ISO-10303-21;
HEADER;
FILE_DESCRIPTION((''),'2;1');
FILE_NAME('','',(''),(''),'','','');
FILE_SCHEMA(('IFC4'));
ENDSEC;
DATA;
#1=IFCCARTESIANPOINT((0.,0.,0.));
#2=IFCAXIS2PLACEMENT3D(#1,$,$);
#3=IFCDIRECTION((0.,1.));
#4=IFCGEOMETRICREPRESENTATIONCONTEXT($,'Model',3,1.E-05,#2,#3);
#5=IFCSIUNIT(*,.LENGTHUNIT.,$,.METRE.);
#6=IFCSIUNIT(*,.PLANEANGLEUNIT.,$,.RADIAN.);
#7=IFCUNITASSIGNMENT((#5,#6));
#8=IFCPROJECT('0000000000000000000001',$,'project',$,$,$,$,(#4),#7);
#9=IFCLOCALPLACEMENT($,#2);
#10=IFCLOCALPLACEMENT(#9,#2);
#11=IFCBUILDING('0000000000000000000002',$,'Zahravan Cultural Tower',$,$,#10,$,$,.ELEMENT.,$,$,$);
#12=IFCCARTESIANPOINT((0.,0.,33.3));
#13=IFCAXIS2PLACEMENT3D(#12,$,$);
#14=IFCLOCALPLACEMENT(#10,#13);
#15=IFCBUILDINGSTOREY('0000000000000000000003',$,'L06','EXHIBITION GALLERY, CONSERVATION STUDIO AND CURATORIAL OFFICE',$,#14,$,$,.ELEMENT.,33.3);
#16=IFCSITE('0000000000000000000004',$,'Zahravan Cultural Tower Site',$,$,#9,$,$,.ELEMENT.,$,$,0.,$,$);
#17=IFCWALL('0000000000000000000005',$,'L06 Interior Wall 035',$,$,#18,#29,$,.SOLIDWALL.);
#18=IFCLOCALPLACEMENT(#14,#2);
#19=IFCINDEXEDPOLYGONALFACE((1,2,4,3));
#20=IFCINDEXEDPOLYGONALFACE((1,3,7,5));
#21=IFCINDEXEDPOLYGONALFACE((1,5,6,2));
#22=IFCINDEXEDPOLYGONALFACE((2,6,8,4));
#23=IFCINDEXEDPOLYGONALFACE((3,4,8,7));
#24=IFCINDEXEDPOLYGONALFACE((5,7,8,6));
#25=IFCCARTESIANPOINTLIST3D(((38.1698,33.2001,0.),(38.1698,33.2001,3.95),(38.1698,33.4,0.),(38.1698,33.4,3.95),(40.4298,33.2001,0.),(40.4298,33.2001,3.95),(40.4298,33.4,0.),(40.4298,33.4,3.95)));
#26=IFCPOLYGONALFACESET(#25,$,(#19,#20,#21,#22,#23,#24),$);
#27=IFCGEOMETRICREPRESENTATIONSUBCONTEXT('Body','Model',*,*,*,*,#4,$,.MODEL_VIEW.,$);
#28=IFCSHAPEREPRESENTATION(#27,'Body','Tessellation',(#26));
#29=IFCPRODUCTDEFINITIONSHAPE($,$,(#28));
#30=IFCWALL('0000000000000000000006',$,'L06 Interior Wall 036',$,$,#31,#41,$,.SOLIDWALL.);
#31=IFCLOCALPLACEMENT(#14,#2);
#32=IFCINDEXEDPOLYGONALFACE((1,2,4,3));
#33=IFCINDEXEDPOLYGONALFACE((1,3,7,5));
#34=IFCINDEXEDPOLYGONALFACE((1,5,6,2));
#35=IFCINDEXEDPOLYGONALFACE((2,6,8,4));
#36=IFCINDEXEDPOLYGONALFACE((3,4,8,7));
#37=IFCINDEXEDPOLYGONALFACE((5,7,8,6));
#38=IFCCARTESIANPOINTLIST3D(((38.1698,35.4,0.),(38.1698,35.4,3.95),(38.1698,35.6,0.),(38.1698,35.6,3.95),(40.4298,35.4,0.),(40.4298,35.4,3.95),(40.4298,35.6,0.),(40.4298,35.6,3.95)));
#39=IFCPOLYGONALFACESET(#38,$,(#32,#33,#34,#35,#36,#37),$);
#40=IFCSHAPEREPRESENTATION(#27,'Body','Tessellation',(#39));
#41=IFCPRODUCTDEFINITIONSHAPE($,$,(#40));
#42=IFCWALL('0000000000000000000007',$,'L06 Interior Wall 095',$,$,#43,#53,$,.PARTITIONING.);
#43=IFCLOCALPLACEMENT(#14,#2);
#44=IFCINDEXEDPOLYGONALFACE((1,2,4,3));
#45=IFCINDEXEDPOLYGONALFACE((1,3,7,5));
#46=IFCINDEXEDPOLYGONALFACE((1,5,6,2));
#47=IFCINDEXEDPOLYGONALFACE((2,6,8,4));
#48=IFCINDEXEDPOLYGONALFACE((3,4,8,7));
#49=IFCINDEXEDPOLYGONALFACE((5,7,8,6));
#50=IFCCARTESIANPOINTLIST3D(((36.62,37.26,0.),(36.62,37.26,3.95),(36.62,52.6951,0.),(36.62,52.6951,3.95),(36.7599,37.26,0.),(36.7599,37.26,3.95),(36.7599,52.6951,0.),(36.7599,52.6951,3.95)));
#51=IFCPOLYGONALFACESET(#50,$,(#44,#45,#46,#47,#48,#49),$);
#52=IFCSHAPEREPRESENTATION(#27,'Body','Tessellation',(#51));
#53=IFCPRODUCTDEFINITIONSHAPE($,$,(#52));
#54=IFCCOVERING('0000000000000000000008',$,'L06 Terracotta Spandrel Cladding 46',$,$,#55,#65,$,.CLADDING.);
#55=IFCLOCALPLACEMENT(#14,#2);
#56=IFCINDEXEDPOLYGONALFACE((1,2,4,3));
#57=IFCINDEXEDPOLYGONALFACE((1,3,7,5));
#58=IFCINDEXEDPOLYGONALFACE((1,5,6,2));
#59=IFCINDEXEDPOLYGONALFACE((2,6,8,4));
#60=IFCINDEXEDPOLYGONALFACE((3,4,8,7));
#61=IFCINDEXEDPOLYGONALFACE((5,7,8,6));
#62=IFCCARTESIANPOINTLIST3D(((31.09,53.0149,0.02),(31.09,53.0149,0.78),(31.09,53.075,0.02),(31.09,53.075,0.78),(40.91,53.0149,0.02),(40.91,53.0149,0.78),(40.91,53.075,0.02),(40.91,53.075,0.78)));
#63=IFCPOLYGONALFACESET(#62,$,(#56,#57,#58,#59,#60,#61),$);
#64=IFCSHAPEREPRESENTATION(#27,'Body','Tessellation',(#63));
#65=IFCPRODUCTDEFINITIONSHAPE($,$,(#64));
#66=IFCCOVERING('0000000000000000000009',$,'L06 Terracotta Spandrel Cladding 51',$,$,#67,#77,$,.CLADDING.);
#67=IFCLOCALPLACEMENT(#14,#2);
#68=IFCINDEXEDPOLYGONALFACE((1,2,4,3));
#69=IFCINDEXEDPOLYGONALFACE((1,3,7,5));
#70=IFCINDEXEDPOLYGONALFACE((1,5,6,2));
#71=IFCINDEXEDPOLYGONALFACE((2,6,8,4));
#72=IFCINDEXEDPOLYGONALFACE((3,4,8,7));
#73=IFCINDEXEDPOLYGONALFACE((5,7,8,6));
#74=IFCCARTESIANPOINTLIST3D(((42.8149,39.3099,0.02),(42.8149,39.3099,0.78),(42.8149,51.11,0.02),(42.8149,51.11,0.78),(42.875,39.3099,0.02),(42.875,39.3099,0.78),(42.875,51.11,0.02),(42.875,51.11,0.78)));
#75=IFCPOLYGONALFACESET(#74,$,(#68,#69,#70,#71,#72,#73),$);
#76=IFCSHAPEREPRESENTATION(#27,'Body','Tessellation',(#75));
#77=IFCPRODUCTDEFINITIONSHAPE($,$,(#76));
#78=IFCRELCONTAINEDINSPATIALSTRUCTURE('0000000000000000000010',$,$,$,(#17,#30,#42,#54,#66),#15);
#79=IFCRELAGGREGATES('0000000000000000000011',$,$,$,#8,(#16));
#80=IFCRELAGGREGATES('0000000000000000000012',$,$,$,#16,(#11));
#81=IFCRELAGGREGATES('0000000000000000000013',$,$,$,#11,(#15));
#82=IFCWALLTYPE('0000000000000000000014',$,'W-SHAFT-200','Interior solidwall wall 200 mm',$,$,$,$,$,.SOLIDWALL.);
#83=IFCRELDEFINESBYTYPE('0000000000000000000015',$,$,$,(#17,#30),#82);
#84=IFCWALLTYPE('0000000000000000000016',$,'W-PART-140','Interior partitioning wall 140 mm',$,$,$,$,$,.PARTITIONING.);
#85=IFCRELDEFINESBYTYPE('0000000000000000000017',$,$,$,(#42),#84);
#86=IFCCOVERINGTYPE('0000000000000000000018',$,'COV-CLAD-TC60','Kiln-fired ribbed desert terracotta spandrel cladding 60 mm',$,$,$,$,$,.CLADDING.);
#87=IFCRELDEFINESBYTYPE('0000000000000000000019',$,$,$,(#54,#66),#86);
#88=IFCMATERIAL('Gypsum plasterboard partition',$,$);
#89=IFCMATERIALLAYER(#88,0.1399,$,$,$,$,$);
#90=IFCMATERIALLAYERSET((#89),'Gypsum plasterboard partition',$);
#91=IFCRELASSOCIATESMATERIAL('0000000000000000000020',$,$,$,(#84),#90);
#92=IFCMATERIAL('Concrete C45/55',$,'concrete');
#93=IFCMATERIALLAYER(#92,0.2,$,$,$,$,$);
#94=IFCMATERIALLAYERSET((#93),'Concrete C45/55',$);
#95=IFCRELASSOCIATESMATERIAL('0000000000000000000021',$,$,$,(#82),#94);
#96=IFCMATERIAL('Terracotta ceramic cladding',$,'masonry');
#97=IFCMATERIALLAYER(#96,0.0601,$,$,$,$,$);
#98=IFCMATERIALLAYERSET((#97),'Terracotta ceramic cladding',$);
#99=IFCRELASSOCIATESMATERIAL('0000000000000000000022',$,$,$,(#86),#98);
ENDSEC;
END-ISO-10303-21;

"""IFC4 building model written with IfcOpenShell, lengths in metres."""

from ifc_helpers import new_model, si_unit, direction, frame, frame_2d, origin, origin_2d, place, context, subcontext, project, spatial, rectangle, extrude, source, transform, mapped, material, layer, layer_set, type_object, element, save


model = new_model("IFC4")

# Units and contexts
model_context = context("Model", 3, precision=1e-05, world=origin(), true_north=direction((0.0, 1.0)))
body_context = subcontext(model_context, "Body", "Model", "MODEL_VIEW")
ifc_project = project(units=[si_unit("LENGTHUNIT", "METRE"), si_unit("PLANEANGLEUNIT", "RADIAN")], contexts=[model_context])

# Site, building, storey
site_placement = place(None, origin())
site = spatial("IfcSite", under=ifc_project, at=site_placement, Name="Zahravan Cultural Tower Site", CompositionType="ELEMENT", RefElevation=0.0)
building_placement = place(site_placement, origin())
building = spatial("IfcBuilding", under=site, at=building_placement, Name="Zahravan Cultural Tower", CompositionType="ELEMENT")
storey_placement = place(building_placement, frame((0.0, 0.0, 33.3)))
storey = spatial("IfcBuildingStorey", under=building, at=storey_placement, Name="L06", Description="EXHIBITION GALLERY, CONSERVATION STUDIO AND CURATORIAL OFFICE", CompositionType="ELEMENT", Elevation=33.3)

# Shared definitions
ifc_material_1 = material(Name="Gypsum plasterboard partition")
ifc_layer_1 = layer(ifc_material_1, 0.1399)
ifc_layer_set_1 = layer_set([ifc_layer_1], Name="Gypsum plasterboard partition")
wall_type_1 = type_object("IfcWallType", Name="W-PART-140", Description="Interior partitioning wall 140 mm", PredefinedType="PARTITIONING", material=ifc_layer_set_1)

# Walls
ifc_material_2 = material(Name="Concrete C45/55", Category="concrete")
ifc_layer_2 = layer(ifc_material_2, 0.2)
ifc_layer_set_2 = layer_set([ifc_layer_2], Name="Concrete C45/55")
wall_type_2 = type_object("IfcWallType", Name="W-SHAFT-200", Description="Interior solidwall wall 200 mm", PredefinedType="SOLIDWALL", material=ifc_layer_set_2)
shared_shape_1 = source(origin(), body_context, "Body", "SweptSolid", [
    extrude(rectangle(XDim=2.26, YDim=0.2, at=frame_2d((1.1299, 0.0))), origin(), (0.0, 0.0, 1.0), 3.95),
])
for number, where, z_axis, x_axis, name in (
    (1, (38.1699, 33.3, 0.0), (0.0, 0.0, 1.0), (1.0, 0.0, 0.0), "L06 Interior Wall 035"),
    (2, (38.1699, 35.5, 0.0), (0.0, 0.0, 1.0), (1.0, 0.0, 0.0), "L06 Interior Wall 036"),
):
    element("IfcWall", number, at=place(storey_placement, frame(where, z_axis=z_axis, x_axis=x_axis)), inside=storey, type_object=wall_type_2, Name=name, PredefinedType="SOLIDWALL", context=body_context, shape_type="MappedRepresentation", body=[
        mapped(shared_shape_1, transform((0.0, 0.0, 0.0), x_axis=(1.0, 0.0, 0.0), y_axis=(0.0, 1.0, 0.0), z_axis=(0.0, 0.0, 1.0), scale=1.0)),
    ])
shared_shape_2 = source(origin(), body_context, "Body", "SweptSolid", [
    extrude(rectangle(XDim=15.4351, YDim=0.1399, at=frame_2d((7.7175, 0.0))), origin(), (0.0, 0.0, 1.0), 3.95),
])
wall_1_placement = place(storey_placement, frame((36.6899, 37.26, 0.0), z_axis=(0.0, 0.0, 1.0), x_axis=(0.0, 1.0, 0.0)))
element("IfcWall", 3, at=wall_1_placement, inside=storey, type_object=wall_type_1, Name="L06 Interior Wall 095", PredefinedType="PARTITIONING", context=body_context, shape_type="MappedRepresentation", body=[
    mapped(shared_shape_2, transform((0.0, 0.0, 0.0), x_axis=(1.0, 0.0, 0.0), y_axis=(0.0, 1.0, 0.0), z_axis=(0.0, 0.0, 1.0), scale=1.0)),
])

# Coverings
ifc_material_3 = material(Name="Terracotta ceramic cladding", Category="masonry")
ifc_layer_3 = layer(ifc_material_3, 0.0601)
ifc_layer_set_3 = layer_set([ifc_layer_3], Name="Terracotta ceramic cladding")
covering_type = type_object("IfcCoveringType", Name="COV-CLAD-TC60", Description="Kiln-fired ribbed desert terracotta spandrel cladding 60 mm", PredefinedType="CLADDING", material=ifc_layer_set_3)
shared_shape_3 = source(origin(), body_context, "Body", "SweptSolid", [
    extrude(rectangle(XDim=9.8201, YDim=0.0601, at=origin_2d()), origin(), (0.0, 0.0, 1.0), 0.76),
])
covering_1_placement = place(storey_placement, frame((36.0, 53.0449, 0.02), z_axis=(0.0, 0.0, 1.0), x_axis=(1.0, 0.0, 0.0)))
element("IfcCovering", 4, at=covering_1_placement, inside=storey, type_object=covering_type, Name="L06 Terracotta Spandrel Cladding 46", PredefinedType="CLADDING", context=body_context, shape_type="MappedRepresentation", body=[
    mapped(shared_shape_3, transform((0.0, 0.0, 0.0), x_axis=(1.0, 0.0, 0.0), y_axis=(0.0, 1.0, 0.0), z_axis=(0.0, 0.0, 1.0), scale=1.0)),
])
shared_shape_4 = source(origin(), body_context, "Body", "SweptSolid", [
    extrude(rectangle(XDim=11.8, YDim=0.0601, at=origin_2d()), origin(), (0.0, 0.0, 1.0), 0.76),
])
covering_2_placement = place(storey_placement, frame((42.845, 45.21, 0.02), z_axis=(0.0, 0.0, 1.0), x_axis=(0.0, -1.0, 0.0)))
element("IfcCovering", 5, at=covering_2_placement, inside=storey, type_object=covering_type, Name="L06 Terracotta Spandrel Cladding 51", PredefinedType="CLADDING", context=body_context, shape_type="MappedRepresentation", body=[
    mapped(shared_shape_4, transform((0.0, 0.0, 0.0), x_axis=(1.0, 0.0, 0.0), y_axis=(0.0, 1.0, 0.0), z_axis=(0.0, 0.0, 1.0), scale=1.0)),
])

save(model, "model.ifc")
